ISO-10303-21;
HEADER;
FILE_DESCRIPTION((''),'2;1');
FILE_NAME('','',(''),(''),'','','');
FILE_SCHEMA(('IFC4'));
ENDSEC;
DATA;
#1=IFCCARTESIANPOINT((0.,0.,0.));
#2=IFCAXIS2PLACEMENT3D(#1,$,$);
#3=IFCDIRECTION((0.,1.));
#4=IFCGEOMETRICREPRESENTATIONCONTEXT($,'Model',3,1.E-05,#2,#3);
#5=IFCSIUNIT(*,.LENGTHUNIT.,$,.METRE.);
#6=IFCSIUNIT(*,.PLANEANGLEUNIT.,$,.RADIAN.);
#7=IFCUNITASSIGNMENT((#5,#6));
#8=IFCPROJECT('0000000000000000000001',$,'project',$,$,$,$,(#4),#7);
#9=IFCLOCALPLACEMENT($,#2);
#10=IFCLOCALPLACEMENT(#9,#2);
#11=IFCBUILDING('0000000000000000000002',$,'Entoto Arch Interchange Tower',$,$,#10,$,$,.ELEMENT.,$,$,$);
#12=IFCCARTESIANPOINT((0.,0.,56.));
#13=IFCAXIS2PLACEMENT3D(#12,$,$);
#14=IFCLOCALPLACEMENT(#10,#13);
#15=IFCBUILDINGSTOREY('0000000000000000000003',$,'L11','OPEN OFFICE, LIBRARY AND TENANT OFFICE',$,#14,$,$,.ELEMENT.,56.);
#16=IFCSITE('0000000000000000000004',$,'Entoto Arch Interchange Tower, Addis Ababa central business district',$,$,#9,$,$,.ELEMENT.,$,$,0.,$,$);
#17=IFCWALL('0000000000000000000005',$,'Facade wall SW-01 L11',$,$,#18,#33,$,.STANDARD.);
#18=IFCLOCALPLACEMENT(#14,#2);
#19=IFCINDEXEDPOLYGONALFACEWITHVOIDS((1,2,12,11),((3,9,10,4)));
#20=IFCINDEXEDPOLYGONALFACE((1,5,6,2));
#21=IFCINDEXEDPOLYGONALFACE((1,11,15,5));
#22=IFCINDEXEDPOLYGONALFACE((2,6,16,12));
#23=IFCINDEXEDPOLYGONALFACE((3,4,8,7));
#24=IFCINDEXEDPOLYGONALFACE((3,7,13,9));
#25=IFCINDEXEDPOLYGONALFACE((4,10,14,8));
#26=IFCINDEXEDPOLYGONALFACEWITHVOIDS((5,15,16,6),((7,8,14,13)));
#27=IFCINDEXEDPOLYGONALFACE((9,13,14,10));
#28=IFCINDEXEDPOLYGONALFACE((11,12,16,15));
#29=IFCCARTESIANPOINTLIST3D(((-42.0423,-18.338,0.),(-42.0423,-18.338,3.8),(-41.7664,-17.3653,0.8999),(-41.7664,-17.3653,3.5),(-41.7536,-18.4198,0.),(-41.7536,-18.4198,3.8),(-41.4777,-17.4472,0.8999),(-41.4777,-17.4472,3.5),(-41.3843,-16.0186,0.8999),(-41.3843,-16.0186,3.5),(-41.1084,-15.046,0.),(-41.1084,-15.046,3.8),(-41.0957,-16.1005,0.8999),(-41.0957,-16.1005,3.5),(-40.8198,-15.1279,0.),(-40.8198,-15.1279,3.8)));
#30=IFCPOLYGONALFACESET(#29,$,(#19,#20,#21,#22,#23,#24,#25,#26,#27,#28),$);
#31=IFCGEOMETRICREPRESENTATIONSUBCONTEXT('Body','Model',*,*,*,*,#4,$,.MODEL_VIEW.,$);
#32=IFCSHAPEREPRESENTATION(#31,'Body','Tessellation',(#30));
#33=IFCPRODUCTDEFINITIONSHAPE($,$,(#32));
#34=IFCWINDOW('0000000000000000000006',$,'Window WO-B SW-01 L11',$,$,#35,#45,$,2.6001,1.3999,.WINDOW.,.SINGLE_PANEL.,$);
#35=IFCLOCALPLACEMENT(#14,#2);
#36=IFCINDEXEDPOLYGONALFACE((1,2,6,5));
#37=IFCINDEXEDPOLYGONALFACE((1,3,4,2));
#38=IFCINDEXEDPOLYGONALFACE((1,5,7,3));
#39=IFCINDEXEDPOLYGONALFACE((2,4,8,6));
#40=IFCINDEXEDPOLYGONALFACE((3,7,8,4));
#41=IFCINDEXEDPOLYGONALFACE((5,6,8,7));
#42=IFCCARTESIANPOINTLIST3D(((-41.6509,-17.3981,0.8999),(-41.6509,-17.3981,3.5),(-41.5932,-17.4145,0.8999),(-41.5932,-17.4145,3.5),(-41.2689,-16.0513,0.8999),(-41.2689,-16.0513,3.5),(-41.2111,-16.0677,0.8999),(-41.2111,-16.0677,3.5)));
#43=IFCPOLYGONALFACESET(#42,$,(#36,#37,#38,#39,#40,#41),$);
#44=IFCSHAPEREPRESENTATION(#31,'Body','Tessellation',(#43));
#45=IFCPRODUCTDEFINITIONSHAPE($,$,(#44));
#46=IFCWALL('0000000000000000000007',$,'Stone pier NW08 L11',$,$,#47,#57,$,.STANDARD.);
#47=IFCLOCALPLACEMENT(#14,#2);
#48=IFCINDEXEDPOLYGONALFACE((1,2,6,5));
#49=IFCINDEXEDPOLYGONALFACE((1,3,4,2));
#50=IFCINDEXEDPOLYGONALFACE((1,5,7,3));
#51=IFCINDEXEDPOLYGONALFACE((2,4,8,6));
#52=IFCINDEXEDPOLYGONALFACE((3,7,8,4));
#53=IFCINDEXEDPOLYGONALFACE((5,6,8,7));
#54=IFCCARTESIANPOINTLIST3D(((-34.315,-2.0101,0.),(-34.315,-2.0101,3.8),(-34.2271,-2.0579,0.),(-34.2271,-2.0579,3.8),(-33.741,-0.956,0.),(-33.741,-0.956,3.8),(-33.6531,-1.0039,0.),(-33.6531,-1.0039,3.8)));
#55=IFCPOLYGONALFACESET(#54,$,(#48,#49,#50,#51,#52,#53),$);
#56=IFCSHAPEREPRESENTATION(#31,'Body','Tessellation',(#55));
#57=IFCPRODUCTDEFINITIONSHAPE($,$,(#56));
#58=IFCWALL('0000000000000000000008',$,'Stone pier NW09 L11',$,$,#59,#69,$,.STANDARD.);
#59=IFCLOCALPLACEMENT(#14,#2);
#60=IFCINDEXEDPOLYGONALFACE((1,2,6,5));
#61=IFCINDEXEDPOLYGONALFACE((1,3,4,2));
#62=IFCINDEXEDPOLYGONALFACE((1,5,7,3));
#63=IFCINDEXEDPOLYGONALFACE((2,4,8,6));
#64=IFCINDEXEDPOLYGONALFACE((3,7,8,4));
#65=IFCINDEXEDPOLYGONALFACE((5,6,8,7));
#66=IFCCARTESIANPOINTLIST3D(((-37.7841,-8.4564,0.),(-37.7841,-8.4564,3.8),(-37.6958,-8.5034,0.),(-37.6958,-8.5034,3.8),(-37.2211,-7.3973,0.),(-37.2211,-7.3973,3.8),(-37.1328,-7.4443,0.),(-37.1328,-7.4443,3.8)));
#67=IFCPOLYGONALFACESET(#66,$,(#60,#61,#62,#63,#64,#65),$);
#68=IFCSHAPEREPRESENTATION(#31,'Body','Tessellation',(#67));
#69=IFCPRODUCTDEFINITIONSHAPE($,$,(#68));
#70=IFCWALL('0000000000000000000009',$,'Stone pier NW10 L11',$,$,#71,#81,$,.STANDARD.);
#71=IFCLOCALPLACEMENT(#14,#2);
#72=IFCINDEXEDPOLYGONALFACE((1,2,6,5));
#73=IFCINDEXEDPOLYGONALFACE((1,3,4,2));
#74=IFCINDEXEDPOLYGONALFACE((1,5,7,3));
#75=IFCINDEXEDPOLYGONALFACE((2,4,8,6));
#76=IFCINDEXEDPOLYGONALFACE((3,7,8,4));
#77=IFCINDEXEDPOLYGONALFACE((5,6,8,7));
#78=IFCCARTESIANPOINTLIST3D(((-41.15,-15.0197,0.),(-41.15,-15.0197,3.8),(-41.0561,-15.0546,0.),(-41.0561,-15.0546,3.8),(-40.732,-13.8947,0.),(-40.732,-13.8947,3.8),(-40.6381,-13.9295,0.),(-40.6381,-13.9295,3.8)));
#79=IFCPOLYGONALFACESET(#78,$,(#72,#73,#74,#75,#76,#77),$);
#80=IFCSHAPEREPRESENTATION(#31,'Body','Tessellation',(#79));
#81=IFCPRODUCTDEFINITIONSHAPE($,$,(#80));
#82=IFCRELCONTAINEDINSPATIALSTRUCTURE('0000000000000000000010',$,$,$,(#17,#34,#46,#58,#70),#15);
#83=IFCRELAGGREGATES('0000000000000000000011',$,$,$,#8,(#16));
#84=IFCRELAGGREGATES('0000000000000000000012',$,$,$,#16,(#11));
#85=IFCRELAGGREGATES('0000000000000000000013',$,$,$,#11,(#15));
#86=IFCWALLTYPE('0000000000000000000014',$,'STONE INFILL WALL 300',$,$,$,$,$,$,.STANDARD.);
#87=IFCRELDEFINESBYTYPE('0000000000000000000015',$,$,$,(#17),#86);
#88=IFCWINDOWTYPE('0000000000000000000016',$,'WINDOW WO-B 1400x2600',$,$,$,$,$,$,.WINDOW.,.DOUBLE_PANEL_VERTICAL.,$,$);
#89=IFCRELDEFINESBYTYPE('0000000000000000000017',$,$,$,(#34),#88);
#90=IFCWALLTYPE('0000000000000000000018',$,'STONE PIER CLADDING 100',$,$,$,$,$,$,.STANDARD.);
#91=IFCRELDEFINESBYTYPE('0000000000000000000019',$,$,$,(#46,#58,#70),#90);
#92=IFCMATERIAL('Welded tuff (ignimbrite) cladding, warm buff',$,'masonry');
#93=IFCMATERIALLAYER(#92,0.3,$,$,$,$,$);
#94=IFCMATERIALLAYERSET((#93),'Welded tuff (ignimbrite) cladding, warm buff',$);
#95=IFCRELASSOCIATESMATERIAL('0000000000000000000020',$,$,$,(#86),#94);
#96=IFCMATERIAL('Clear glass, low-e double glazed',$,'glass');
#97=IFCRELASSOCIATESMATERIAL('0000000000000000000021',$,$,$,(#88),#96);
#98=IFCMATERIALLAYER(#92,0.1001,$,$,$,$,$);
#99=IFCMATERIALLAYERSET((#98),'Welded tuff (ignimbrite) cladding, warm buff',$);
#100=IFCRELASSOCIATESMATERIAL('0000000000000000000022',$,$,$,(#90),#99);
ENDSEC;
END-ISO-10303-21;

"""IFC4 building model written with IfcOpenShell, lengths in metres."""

from ifc_helpers import new_model, si_unit, direction, frame, frame_2d, origin, place, context, subcontext, project, spatial, rectangle, extrude, material, layer, layer_set, type_object, element, fill, save


model = new_model("IFC4")

# Units and contexts
model_context = context("Model", 3, precision=1e-05, world=origin(), true_north=direction((0.0, 1.0)))
body_context = subcontext(model_context, "Body", "Model", "MODEL_VIEW")
ifc_project = project(units=[si_unit("LENGTHUNIT", "METRE"), si_unit("PLANEANGLEUNIT", "RADIAN")], contexts=[model_context])

# Site, building, storey
site_placement = place(None, origin())
site = spatial("IfcSite", under=ifc_project, at=site_placement, Name="Entoto Arch Interchange Tower, Addis Ababa central business district", CompositionType="ELEMENT", RefElevation=0.0)
building_placement = place(site_placement, origin())
building = spatial("IfcBuilding", under=site, at=building_placement, Name="Entoto Arch Interchange Tower", CompositionType="ELEMENT")
storey_placement = place(building_placement, frame((0.0, 0.0, 56.0)))
storey = spatial("IfcBuildingStorey", under=building, at=storey_placement, Name="L11", Description="OPEN OFFICE, LIBRARY AND TENANT OFFICE", CompositionType="ELEMENT", Elevation=56.0)

# Shared definitions
ifc_material_1 = material(Name="Welded tuff (ignimbrite) cladding, warm buff", Category="masonry")
ifc_layer_1 = layer(ifc_material_1, 0.3)
ifc_layer_set_1 = layer_set([ifc_layer_1], Name="Welded tuff (ignimbrite) cladding, warm buff")
wall_type_1 = type_object("IfcWallType", Name="STONE INFILL WALL 300", PredefinedType="STANDARD", material=ifc_layer_set_1)
ifc_material_2 = material(Name="Clear glass, low-e double glazed", Category="glass")

# Wall, opening, window
wall_1_placement = place(storey_placement, frame((-40.9641, -15.0869, 0.0), z_axis=(0.0, 0.0, 1.0), x_axis=(-0.272902, -0.962042, 0.0)))
wall_1 = element("IfcWall", 1, at=wall_1_placement, inside=storey, type_object=wall_type_1, Name="Facade wall SW-01 L11", PredefinedType="STANDARD", context=body_context, shape_type="SweptSolid", body=[
    extrude(rectangle(XDim=3.4219, YDim=0.3, at=frame_2d((1.7109, 0.0))), origin(), (0.0, 0.0, 1.0), 3.8),
])
opening_1_placement = place(wall_1_placement, frame((1.011, 0.0, 0.8999)))
opening_1 = element("IfcOpeningElement", 2, at=opening_1_placement, cuts=wall_1, PredefinedType="OPENING", context=body_context, shape_type="SweptSolid", body=[
    extrude(rectangle(XDim=1.3999, YDim=2.6001, at=frame_2d((0.7, 1.3))), frame((0.0, 0.1602, 0.0), z_axis=(0.0, -1.0, 0.0), x_axis=(1.0, 0.0, 0.0)), (0.0, 0.0, 1.0), 0.3201),
])
window_type_1 = type_object("IfcWindowType", Name="WINDOW WO-B 1400x2600", PartitioningType="DOUBLE_PANEL_VERTICAL", PredefinedType="WINDOW", material=ifc_material_2)
window_1_placement = place(opening_1_placement, origin())
window_1 = element("IfcWindow", 3, at=window_1_placement, inside=storey, type_object=window_type_1, Name="Window WO-B SW-01 L11", OverallHeight=2.6001, OverallWidth=1.3999, PartitioningType="SINGLE_PANEL", PredefinedType="WINDOW", context=body_context, shape_type="SweptSolid", body=[
    extrude(rectangle(XDim=1.3999, YDim=2.6001, at=frame_2d((0.7, 1.3))), frame((0.0, 0.03, 0.0), z_axis=(0.0, -1.0, 0.0), x_axis=(1.0, 0.0, 0.0)), (0.0, 0.0, 1.0), 0.0601),
])
fill(opening_1, window_1)

# Walls
ifc_layer_2 = layer(ifc_material_1, 0.1001)
ifc_layer_set_2 = layer_set([ifc_layer_2], Name="Welded tuff (ignimbrite) cladding, warm buff")
wall_type_2 = type_object("IfcWallType", Name="STONE PIER CLADDING 100", PredefinedType="STANDARD", material=ifc_layer_set_2)
wall_2_placement = place(storey_placement, frame((-33.697, -0.98, 0.0), z_axis=(0.0, 0.0, 1.0), x_axis=(-0.478268, -0.878214, 0.0)))
element("IfcWall", 4, at=wall_2_placement, inside=storey, type_object=wall_type_2, Name="Stone pier NW08 L11", PredefinedType="STANDARD", context=body_context, shape_type="SweptSolid", body=[
    extrude(rectangle(XDim=1.2002, YDim=0.1001, at=frame_2d((0.6001, 0.0))), origin(), (0.0, 0.0, 1.0), 3.8),
])
wall_3_placement = place(storey_placement, frame((-37.177, -7.4209, 0.0), z_axis=(0.0, 0.0, 1.0), x_axis=(-0.469383, -0.882994, 0.0)))
element("IfcWall", 5, at=wall_3_placement, inside=storey, type_object=wall_type_2, Name="Stone pier NW09 L11", PredefinedType="STANDARD", context=body_context, shape_type="SweptSolid", body=[
    extrude(rectangle(XDim=1.1995, YDim=0.1001, at=frame_2d((0.5996, 0.0))), origin(), (0.0, 0.0, 1.0), 3.8),
])
wall_4_placement = place(storey_placement, frame((-40.6851, -13.9121, 0.0), z_axis=(0.0, 0.0, 1.0), x_axis=(-0.348268, -0.937395, 0.0)))
element("IfcWall", 6, at=wall_4_placement, inside=storey, type_object=wall_type_2, Name="Stone pier NW10 L11", PredefinedType="STANDARD", context=body_context, shape_type="SweptSolid", body=[
    extrude(rectangle(XDim=1.2002, YDim=0.1001, at=frame_2d((0.6001, 0.0))), origin(), (0.0, 0.0, 1.0), 3.8),
])

save(model, "model.ifc")
